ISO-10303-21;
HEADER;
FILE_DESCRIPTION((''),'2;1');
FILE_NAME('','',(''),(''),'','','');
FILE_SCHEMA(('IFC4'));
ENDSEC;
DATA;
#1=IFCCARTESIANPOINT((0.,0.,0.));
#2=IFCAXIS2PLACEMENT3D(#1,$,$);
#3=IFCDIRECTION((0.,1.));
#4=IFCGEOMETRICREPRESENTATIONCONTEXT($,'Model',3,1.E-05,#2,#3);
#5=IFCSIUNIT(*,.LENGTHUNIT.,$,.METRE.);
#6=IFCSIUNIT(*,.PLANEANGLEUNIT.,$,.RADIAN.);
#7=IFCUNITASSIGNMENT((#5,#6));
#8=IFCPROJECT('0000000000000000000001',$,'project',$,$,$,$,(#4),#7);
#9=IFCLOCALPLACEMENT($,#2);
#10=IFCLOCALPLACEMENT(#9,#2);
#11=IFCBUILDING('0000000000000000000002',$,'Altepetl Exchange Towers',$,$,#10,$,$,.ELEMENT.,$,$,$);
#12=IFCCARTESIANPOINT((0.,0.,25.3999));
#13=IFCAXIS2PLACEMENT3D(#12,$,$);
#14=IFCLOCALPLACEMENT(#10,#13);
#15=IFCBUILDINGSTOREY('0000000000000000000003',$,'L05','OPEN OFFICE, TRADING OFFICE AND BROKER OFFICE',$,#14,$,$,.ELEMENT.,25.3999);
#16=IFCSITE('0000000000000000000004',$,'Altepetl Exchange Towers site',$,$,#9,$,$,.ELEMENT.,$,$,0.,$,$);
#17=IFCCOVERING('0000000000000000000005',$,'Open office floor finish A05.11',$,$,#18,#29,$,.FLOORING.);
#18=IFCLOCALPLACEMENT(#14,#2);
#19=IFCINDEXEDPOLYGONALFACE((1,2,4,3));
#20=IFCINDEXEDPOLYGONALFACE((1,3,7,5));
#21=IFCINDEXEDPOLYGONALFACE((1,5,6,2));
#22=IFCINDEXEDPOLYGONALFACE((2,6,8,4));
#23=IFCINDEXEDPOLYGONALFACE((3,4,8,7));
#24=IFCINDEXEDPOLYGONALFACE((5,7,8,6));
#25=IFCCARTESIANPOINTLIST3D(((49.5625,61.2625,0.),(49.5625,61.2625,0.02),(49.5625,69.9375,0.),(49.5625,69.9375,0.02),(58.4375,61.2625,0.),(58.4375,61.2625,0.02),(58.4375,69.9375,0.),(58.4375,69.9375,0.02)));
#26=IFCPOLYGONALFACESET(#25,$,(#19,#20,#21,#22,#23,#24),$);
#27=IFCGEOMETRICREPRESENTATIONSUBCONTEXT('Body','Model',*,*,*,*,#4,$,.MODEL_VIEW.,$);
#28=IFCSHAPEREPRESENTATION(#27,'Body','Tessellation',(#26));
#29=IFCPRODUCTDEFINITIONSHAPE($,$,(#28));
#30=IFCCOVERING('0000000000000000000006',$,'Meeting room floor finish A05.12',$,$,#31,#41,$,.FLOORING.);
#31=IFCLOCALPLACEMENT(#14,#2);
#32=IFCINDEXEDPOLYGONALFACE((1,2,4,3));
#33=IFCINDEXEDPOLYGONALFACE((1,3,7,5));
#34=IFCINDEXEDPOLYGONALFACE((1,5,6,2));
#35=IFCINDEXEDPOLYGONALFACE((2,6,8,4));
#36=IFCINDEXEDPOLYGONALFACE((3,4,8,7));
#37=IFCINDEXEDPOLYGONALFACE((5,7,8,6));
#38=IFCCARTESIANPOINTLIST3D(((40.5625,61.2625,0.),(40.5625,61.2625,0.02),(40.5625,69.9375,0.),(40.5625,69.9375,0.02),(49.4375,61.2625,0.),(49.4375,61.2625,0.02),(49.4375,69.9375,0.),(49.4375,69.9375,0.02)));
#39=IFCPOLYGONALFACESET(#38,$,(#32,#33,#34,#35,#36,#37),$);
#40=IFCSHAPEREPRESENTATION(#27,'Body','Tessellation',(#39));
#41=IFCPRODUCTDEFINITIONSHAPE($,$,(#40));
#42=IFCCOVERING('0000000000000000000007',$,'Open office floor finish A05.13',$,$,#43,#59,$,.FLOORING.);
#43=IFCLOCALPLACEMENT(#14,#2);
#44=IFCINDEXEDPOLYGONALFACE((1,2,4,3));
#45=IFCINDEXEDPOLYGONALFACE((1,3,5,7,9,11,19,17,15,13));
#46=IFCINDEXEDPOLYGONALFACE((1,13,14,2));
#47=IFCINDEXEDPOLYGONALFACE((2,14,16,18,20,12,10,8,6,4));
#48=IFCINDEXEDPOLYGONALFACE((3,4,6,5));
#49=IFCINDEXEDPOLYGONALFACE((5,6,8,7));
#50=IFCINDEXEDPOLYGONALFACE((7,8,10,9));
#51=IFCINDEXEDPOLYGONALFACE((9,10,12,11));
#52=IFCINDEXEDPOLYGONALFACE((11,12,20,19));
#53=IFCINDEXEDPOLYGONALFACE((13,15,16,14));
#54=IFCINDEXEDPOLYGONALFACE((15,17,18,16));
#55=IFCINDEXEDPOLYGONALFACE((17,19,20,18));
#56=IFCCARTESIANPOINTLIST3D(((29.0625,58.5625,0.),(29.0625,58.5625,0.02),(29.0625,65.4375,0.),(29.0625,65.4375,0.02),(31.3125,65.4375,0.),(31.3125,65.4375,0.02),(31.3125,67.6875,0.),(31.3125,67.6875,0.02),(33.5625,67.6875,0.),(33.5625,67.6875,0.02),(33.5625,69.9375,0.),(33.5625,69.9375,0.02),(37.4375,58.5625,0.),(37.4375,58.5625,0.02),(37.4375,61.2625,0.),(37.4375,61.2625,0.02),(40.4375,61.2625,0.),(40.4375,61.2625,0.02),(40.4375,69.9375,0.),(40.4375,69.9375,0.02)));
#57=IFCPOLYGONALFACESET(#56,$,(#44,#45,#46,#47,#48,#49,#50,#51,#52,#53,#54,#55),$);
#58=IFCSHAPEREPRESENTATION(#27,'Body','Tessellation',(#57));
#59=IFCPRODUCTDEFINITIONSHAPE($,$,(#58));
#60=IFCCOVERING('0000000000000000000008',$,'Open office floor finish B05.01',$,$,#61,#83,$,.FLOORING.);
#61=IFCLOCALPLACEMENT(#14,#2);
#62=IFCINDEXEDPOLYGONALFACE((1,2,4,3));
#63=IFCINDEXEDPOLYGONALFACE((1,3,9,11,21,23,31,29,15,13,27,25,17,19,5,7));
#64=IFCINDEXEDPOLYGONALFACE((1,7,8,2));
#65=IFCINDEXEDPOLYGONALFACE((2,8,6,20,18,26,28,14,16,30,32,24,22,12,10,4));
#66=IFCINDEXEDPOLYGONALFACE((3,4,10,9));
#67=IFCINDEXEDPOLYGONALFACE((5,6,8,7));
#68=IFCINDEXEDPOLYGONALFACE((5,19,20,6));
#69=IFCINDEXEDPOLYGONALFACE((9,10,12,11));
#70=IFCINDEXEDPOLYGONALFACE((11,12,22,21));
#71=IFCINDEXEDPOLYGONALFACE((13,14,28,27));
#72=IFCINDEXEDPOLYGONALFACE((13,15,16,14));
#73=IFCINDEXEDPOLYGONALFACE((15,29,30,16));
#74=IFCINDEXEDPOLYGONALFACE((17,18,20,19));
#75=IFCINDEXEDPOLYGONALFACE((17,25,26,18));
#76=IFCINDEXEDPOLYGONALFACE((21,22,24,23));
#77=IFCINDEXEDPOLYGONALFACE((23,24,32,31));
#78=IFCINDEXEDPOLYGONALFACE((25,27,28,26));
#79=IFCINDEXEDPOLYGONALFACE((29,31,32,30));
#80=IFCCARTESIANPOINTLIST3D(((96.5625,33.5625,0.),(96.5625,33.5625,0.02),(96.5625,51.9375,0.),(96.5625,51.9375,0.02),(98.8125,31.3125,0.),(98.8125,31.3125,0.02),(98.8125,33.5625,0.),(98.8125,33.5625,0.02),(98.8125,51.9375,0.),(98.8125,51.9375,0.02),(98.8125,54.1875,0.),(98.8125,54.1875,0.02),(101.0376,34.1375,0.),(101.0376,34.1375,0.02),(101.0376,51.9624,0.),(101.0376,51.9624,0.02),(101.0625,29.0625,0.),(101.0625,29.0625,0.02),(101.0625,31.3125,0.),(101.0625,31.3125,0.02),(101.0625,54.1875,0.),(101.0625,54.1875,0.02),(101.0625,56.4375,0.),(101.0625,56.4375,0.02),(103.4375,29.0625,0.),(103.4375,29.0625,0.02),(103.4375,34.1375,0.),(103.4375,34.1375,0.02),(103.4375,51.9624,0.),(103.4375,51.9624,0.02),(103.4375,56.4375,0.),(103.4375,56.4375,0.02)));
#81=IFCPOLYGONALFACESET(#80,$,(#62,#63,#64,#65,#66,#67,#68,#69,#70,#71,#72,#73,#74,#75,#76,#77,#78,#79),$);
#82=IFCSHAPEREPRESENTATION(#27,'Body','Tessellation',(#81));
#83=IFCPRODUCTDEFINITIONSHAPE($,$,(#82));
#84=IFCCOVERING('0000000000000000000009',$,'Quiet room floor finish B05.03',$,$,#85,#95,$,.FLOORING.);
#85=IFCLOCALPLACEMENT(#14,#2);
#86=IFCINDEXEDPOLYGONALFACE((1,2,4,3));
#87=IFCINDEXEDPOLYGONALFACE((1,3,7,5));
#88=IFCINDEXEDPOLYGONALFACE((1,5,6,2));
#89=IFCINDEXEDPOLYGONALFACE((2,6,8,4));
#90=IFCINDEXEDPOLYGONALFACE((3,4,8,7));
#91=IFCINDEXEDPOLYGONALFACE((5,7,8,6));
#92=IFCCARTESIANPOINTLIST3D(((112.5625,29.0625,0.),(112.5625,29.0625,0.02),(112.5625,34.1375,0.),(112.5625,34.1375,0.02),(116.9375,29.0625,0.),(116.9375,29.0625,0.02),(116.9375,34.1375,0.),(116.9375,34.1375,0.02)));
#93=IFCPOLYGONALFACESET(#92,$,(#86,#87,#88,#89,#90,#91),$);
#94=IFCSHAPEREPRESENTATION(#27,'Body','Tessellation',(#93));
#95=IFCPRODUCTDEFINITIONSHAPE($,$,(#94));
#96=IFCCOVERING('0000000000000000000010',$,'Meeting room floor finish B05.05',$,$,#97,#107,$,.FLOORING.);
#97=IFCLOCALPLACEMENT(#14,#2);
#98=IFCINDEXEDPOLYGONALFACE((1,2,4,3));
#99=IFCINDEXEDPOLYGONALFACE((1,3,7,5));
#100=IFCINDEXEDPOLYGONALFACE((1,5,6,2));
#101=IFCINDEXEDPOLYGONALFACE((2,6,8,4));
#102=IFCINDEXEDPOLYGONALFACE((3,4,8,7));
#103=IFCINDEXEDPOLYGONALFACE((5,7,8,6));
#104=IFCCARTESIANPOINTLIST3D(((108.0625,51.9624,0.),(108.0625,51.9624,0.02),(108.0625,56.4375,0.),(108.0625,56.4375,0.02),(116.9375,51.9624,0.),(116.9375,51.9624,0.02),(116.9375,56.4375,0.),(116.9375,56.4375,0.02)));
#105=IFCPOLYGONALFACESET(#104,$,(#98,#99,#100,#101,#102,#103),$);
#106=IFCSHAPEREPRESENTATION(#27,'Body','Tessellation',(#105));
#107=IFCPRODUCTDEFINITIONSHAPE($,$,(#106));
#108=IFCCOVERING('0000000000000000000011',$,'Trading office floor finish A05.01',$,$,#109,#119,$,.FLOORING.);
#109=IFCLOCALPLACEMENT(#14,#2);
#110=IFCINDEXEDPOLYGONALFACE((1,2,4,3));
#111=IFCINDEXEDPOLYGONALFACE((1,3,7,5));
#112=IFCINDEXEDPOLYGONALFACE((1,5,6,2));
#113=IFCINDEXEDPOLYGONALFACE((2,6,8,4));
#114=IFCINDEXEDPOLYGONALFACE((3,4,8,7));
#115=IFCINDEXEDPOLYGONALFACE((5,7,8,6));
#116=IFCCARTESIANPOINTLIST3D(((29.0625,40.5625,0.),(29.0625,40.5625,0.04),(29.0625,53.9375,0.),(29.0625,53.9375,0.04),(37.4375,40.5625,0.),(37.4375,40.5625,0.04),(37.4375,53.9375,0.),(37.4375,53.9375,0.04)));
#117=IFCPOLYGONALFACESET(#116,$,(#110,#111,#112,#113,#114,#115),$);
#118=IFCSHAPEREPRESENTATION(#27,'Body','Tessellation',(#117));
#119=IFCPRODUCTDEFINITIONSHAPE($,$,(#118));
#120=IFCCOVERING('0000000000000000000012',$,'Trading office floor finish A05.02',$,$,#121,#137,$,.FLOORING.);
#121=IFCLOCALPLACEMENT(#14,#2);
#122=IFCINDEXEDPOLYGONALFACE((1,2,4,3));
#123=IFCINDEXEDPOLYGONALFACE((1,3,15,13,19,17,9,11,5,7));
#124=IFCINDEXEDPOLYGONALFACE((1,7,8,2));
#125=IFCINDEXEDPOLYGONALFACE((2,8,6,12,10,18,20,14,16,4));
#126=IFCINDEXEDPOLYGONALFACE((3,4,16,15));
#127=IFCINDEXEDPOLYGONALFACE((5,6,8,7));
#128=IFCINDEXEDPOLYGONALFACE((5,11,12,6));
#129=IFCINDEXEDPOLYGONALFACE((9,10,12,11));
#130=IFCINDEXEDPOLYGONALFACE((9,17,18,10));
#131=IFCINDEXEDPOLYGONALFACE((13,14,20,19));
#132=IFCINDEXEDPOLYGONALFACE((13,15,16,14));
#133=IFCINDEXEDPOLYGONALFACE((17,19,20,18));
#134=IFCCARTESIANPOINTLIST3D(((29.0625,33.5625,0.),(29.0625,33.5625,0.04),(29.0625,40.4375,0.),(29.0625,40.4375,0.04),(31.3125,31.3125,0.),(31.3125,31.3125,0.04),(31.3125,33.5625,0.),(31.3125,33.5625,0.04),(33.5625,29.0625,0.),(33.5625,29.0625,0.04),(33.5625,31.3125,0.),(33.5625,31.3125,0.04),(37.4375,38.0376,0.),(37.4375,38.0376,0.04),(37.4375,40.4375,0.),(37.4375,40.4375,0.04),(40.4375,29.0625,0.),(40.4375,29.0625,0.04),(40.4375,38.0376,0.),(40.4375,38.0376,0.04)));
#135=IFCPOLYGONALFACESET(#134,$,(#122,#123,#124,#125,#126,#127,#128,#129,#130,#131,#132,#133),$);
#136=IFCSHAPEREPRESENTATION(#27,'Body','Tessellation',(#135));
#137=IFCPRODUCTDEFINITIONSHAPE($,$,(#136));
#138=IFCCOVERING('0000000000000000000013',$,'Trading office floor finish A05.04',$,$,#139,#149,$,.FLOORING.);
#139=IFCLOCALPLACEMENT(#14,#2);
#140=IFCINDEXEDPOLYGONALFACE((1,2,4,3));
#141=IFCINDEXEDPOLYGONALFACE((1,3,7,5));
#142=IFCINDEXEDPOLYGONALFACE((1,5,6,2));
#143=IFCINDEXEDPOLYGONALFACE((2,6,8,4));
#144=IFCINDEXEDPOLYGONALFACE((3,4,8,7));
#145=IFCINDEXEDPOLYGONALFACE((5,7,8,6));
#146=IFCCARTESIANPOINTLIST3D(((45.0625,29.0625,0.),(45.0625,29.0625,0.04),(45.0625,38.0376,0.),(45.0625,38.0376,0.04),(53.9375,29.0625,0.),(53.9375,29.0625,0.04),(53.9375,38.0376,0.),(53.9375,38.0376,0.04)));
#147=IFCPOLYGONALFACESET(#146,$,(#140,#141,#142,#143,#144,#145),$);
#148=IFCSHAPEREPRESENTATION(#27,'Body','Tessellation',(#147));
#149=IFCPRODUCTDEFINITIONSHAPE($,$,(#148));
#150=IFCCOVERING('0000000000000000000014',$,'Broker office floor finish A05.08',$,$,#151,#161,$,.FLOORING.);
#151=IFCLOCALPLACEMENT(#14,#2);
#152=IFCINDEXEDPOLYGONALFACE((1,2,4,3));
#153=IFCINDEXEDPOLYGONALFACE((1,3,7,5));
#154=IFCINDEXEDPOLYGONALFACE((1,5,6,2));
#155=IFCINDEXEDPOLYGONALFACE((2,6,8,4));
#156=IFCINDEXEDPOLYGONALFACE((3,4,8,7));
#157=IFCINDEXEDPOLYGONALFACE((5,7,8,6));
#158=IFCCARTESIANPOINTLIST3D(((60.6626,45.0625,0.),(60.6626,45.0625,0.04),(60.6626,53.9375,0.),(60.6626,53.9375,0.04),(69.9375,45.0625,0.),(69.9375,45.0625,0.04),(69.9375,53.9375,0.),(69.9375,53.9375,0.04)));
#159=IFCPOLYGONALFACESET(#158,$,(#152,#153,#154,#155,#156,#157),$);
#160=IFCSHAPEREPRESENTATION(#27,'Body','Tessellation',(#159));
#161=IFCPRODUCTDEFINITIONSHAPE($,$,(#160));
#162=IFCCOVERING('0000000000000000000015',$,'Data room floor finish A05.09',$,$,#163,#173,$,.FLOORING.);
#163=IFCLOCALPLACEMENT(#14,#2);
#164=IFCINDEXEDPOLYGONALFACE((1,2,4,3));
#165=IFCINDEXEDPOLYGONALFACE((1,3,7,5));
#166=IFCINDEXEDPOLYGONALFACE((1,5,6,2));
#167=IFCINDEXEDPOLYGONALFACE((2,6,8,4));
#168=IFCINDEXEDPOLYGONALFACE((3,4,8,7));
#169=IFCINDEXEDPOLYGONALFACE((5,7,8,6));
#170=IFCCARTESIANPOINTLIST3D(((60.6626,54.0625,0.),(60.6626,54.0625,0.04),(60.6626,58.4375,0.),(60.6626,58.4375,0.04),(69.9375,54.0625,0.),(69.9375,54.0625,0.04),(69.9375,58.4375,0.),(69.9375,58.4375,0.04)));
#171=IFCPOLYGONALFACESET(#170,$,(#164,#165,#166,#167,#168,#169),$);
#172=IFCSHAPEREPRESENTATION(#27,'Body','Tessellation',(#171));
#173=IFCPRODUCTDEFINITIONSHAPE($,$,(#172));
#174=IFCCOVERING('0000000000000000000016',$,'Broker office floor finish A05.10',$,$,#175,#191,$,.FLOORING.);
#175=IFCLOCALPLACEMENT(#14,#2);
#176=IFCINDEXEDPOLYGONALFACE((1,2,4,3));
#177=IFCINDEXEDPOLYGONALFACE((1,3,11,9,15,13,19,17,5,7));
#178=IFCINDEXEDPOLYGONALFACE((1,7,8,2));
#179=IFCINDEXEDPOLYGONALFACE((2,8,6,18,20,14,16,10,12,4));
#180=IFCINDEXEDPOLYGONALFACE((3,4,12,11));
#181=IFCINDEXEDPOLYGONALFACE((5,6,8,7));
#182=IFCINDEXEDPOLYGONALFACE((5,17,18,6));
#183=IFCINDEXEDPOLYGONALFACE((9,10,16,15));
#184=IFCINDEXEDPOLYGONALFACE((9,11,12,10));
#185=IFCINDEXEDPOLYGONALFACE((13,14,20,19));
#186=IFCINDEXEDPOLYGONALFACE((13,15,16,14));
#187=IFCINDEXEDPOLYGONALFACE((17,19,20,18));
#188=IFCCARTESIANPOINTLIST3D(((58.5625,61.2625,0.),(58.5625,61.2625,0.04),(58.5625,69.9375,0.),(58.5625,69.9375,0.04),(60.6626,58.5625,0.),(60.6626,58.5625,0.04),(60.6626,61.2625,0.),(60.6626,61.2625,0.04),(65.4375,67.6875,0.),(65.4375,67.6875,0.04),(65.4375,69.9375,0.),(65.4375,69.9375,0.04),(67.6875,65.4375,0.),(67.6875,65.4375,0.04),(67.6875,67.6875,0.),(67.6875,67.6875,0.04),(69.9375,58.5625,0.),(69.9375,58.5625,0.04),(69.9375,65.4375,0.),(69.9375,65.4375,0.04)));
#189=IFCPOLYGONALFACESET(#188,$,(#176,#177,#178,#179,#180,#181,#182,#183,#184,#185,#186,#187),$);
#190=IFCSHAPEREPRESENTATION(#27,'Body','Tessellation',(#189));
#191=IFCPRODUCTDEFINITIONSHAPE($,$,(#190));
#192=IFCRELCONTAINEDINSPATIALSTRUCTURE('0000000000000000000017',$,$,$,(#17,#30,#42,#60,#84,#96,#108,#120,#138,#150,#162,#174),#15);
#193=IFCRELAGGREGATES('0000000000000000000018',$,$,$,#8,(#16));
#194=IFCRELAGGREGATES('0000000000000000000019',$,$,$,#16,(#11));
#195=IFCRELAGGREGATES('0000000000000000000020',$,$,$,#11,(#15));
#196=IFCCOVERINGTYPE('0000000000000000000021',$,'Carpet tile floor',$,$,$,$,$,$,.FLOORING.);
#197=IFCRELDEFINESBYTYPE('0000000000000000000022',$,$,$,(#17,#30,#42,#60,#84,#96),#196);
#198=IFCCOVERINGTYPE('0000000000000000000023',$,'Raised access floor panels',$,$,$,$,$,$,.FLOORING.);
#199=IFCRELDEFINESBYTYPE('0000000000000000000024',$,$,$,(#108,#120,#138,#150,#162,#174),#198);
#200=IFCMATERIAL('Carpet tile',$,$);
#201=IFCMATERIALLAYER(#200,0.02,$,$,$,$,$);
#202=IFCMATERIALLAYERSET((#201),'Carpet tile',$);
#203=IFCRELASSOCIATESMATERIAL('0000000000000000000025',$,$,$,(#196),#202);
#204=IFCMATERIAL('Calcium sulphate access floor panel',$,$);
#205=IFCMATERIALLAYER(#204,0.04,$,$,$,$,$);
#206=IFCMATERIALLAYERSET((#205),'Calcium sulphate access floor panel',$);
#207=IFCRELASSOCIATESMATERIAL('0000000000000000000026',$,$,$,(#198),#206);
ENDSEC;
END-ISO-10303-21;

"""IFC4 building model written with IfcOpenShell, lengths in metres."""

from ifc_helpers import new_model, si_unit, direction, frame, origin, place, context, subcontext, project, spatial, polyline, outline, extrude, material, layer, layer_set, type_object, element, save


model = new_model("IFC4")

# Units and contexts
model_context = context("Model", 3, precision=1e-05, world=origin(), true_north=direction((0.0, 1.0)))
body_context = subcontext(model_context, "Body", "Model", "MODEL_VIEW")
ifc_project = project(units=[si_unit("LENGTHUNIT", "METRE"), si_unit("PLANEANGLEUNIT", "RADIAN")], contexts=[model_context])

# Site, building, storey
site_placement = place(None, origin())
site = spatial("IfcSite", under=ifc_project, at=site_placement, Name="Altepetl Exchange Towers site", CompositionType="ELEMENT", RefElevation=0.0)
building_placement = place(site_placement, origin())
building = spatial("IfcBuilding", under=site, at=building_placement, Name="Altepetl Exchange Towers", CompositionType="ELEMENT")
storey_placement = place(building_placement, frame((0.0, 0.0, 25.3999)))
storey = spatial("IfcBuildingStorey", under=building, at=storey_placement, Name="L05", Description="OPEN OFFICE, TRADING OFFICE AND BROKER OFFICE", CompositionType="ELEMENT", Elevation=25.3999)

# Coverings
ifc_material_1 = material(Name="Carpet tile")
ifc_layer_1 = layer(ifc_material_1, 0.02)
ifc_layer_set_1 = layer_set([ifc_layer_1], Name="Carpet tile")
covering_type_1 = type_object("IfcCoveringType", Name="Carpet tile floor", PredefinedType="FLOORING", material=ifc_layer_set_1)
covering_1_placement = place(storey_placement, origin())
element("IfcCovering", 1, at=covering_1_placement, inside=storey, type_object=covering_type_1, Name="Open office floor finish A05.11", PredefinedType="FLOORING", context=body_context, shape_type="SweptSolid", body=[
    extrude(outline(polyline([(49.5625, 69.9375), (49.5625, 61.2625), (58.4375, 61.2625), (58.4375, 69.9375), (49.5625, 69.9375)])), origin(), (0.0, 0.0, 1.0), 0.02),
])
covering_2_placement = place(storey_placement, origin())
element("IfcCovering", 2, at=covering_2_placement, inside=storey, type_object=covering_type_1, Name="Meeting room floor finish A05.12", PredefinedType="FLOORING", context=body_context, shape_type="SweptSolid", body=[
    extrude(outline(polyline([(40.5625, 69.9375), (40.5625, 61.2625), (49.4375, 61.2625), (49.4375, 69.9375), (40.5625, 69.9375)])), origin(), (0.0, 0.0, 1.0), 0.02),
])
covering_3_placement = place(storey_placement, origin())
element("IfcCovering", 3, at=covering_3_placement, inside=storey, type_object=covering_type_1, Name="Open office floor finish A05.13", PredefinedType="FLOORING", context=body_context, shape_type="SweptSolid", body=[
    extrude(outline(polyline([(33.5625, 67.6875), (31.3125, 67.6875), (31.3125, 65.4375), (29.0625, 65.4375), (29.0625, 58.5625), (37.4375, 58.5625), (37.4375, 61.2625), (40.4375, 61.2625), (40.4375, 69.9375), (33.5625, 69.9375), (33.5625, 67.6875)])), origin(), (0.0, 0.0, 1.0), 0.02),
])
covering_4_placement = place(storey_placement, origin())
element("IfcCovering", 4, at=covering_4_placement, inside=storey, type_object=covering_type_1, Name="Open office floor finish B05.01", PredefinedType="FLOORING", context=body_context, shape_type="SweptSolid", body=[
    extrude(outline(polyline([(101.0625, 54.1875), (98.8125, 54.1875), (98.8125, 51.9375), (96.5625, 51.9375), (96.5625, 33.5625), (98.8125, 33.5625), (98.8125, 31.3125), (101.0625, 31.3125), (101.0625, 29.0625), (103.4375, 29.0625), (103.4375, 34.1375), (101.0376, 34.1375), (101.0376, 51.9624), (103.4375, 51.9624), (103.4375, 56.4375), (101.0625, 56.4375), (101.0625, 54.1875)])), origin(), (0.0, 0.0, 1.0), 0.02),
])
covering_5_placement = place(storey_placement, origin())
element("IfcCovering", 5, at=covering_5_placement, inside=storey, type_object=covering_type_1, Name="Quiet room floor finish B05.03", PredefinedType="FLOORING", context=body_context, shape_type="SweptSolid", body=[
    extrude(outline(polyline([(116.9375, 29.0625), (116.9375, 34.1375), (112.5625, 34.1375), (112.5625, 29.0625), (116.9375, 29.0625)])), origin(), (0.0, 0.0, 1.0), 0.02),
])
covering_6_placement = place(storey_placement, origin())
element("IfcCovering", 6, at=covering_6_placement, inside=storey, type_object=covering_type_1, Name="Meeting room floor finish B05.05", PredefinedType="FLOORING", context=body_context, shape_type="SweptSolid", body=[
    extrude(outline(polyline([(108.0625, 56.4375), (108.0625, 51.9624), (116.9375, 51.9624), (116.9375, 56.4375), (108.0625, 56.4375)])), origin(), (0.0, 0.0, 1.0), 0.02),
])
ifc_material_2 = material(Name="Calcium sulphate access floor panel")
ifc_layer_2 = layer(ifc_material_2, 0.04)
ifc_layer_set_2 = layer_set([ifc_layer_2], Name="Calcium sulphate access floor panel")
covering_type_2 = type_object("IfcCoveringType", Name="Raised access floor panels", PredefinedType="FLOORING", material=ifc_layer_set_2)
covering_7_placement = place(storey_placement, origin())
element("IfcCovering", 7, at=covering_7_placement, inside=storey, type_object=covering_type_2, Name="Trading office floor finish A05.01", PredefinedType="FLOORING", context=body_context, shape_type="SweptSolid", body=[
    extrude(outline(polyline([(29.0625, 40.5625), (37.4375, 40.5625), (37.4375, 53.9375), (29.0625, 53.9375), (29.0625, 40.5625)])), origin(), (0.0, 0.0, 1.0), 0.04),
])
covering_8_placement = place(storey_placement, origin())
element("IfcCovering", 8, at=covering_8_placement, inside=storey, type_object=covering_type_2, Name="Trading office floor finish A05.02", PredefinedType="FLOORING", context=body_context, shape_type="SweptSolid", body=[
    extrude(outline(polyline([(40.4375, 29.0625), (40.4375, 38.0376), (37.4375, 38.0376), (37.4375, 40.4375), (29.0625, 40.4375), (29.0625, 33.5625), (31.3125, 33.5625), (31.3125, 31.3125), (33.5625, 31.3125), (33.5625, 29.0625), (40.4375, 29.0625)])), origin(), (0.0, 0.0, 1.0), 0.04),
])
covering_9_placement = place(storey_placement, origin())
element("IfcCovering", 9, at=covering_9_placement, inside=storey, type_object=covering_type_2, Name="Trading office floor finish A05.04", PredefinedType="FLOORING", context=body_context, shape_type="SweptSolid", body=[
    extrude(outline(polyline([(53.9375, 29.0625), (53.9375, 38.0376), (45.0625, 38.0376), (45.0625, 29.0625), (53.9375, 29.0625)])), origin(), (0.0, 0.0, 1.0), 0.04),
])
covering_10_placement = place(storey_placement, origin())
element("IfcCovering", 10, at=covering_10_placement, inside=storey, type_object=covering_type_2, Name="Broker office floor finish A05.08", PredefinedType="FLOORING", context=body_context, shape_type="SweptSolid", body=[
    extrude(outline(polyline([(69.9375, 53.9375), (60.6626, 53.9375), (60.6626, 45.0625), (69.9375, 45.0625), (69.9375, 53.9375)])), origin(), (0.0, 0.0, 1.0), 0.04),
])
covering_11_placement = place(storey_placement, origin())
element("IfcCovering", 11, at=covering_11_placement, inside=storey, type_object=covering_type_2, Name="Data room floor finish A05.09", PredefinedType="FLOORING", context=body_context, shape_type="SweptSolid", body=[
    extrude(outline(polyline([(69.9375, 58.4375), (60.6626, 58.4375), (60.6626, 54.0625), (69.9375, 54.0625), (69.9375, 58.4375)])), origin(), (0.0, 0.0, 1.0), 0.04),
])
covering_12_placement = place(storey_placement, origin())
element("IfcCovering", 12, at=covering_12_placement, inside=storey, type_object=covering_type_2, Name="Broker office floor finish A05.10", PredefinedType="FLOORING", context=body_context, shape_type="SweptSolid", body=[
    extrude(outline(polyline([(58.5625, 69.9375), (58.5625, 61.2625), (60.6626, 61.2625), (60.6626, 58.5625), (69.9375, 58.5625), (69.9375, 65.4375), (67.6875, 65.4375), (67.6875, 67.6875), (65.4375, 67.6875), (65.4375, 69.9375), (58.5625, 69.9375)])), origin(), (0.0, 0.0, 1.0), 0.04),
])

save(model, "model.ifc")
